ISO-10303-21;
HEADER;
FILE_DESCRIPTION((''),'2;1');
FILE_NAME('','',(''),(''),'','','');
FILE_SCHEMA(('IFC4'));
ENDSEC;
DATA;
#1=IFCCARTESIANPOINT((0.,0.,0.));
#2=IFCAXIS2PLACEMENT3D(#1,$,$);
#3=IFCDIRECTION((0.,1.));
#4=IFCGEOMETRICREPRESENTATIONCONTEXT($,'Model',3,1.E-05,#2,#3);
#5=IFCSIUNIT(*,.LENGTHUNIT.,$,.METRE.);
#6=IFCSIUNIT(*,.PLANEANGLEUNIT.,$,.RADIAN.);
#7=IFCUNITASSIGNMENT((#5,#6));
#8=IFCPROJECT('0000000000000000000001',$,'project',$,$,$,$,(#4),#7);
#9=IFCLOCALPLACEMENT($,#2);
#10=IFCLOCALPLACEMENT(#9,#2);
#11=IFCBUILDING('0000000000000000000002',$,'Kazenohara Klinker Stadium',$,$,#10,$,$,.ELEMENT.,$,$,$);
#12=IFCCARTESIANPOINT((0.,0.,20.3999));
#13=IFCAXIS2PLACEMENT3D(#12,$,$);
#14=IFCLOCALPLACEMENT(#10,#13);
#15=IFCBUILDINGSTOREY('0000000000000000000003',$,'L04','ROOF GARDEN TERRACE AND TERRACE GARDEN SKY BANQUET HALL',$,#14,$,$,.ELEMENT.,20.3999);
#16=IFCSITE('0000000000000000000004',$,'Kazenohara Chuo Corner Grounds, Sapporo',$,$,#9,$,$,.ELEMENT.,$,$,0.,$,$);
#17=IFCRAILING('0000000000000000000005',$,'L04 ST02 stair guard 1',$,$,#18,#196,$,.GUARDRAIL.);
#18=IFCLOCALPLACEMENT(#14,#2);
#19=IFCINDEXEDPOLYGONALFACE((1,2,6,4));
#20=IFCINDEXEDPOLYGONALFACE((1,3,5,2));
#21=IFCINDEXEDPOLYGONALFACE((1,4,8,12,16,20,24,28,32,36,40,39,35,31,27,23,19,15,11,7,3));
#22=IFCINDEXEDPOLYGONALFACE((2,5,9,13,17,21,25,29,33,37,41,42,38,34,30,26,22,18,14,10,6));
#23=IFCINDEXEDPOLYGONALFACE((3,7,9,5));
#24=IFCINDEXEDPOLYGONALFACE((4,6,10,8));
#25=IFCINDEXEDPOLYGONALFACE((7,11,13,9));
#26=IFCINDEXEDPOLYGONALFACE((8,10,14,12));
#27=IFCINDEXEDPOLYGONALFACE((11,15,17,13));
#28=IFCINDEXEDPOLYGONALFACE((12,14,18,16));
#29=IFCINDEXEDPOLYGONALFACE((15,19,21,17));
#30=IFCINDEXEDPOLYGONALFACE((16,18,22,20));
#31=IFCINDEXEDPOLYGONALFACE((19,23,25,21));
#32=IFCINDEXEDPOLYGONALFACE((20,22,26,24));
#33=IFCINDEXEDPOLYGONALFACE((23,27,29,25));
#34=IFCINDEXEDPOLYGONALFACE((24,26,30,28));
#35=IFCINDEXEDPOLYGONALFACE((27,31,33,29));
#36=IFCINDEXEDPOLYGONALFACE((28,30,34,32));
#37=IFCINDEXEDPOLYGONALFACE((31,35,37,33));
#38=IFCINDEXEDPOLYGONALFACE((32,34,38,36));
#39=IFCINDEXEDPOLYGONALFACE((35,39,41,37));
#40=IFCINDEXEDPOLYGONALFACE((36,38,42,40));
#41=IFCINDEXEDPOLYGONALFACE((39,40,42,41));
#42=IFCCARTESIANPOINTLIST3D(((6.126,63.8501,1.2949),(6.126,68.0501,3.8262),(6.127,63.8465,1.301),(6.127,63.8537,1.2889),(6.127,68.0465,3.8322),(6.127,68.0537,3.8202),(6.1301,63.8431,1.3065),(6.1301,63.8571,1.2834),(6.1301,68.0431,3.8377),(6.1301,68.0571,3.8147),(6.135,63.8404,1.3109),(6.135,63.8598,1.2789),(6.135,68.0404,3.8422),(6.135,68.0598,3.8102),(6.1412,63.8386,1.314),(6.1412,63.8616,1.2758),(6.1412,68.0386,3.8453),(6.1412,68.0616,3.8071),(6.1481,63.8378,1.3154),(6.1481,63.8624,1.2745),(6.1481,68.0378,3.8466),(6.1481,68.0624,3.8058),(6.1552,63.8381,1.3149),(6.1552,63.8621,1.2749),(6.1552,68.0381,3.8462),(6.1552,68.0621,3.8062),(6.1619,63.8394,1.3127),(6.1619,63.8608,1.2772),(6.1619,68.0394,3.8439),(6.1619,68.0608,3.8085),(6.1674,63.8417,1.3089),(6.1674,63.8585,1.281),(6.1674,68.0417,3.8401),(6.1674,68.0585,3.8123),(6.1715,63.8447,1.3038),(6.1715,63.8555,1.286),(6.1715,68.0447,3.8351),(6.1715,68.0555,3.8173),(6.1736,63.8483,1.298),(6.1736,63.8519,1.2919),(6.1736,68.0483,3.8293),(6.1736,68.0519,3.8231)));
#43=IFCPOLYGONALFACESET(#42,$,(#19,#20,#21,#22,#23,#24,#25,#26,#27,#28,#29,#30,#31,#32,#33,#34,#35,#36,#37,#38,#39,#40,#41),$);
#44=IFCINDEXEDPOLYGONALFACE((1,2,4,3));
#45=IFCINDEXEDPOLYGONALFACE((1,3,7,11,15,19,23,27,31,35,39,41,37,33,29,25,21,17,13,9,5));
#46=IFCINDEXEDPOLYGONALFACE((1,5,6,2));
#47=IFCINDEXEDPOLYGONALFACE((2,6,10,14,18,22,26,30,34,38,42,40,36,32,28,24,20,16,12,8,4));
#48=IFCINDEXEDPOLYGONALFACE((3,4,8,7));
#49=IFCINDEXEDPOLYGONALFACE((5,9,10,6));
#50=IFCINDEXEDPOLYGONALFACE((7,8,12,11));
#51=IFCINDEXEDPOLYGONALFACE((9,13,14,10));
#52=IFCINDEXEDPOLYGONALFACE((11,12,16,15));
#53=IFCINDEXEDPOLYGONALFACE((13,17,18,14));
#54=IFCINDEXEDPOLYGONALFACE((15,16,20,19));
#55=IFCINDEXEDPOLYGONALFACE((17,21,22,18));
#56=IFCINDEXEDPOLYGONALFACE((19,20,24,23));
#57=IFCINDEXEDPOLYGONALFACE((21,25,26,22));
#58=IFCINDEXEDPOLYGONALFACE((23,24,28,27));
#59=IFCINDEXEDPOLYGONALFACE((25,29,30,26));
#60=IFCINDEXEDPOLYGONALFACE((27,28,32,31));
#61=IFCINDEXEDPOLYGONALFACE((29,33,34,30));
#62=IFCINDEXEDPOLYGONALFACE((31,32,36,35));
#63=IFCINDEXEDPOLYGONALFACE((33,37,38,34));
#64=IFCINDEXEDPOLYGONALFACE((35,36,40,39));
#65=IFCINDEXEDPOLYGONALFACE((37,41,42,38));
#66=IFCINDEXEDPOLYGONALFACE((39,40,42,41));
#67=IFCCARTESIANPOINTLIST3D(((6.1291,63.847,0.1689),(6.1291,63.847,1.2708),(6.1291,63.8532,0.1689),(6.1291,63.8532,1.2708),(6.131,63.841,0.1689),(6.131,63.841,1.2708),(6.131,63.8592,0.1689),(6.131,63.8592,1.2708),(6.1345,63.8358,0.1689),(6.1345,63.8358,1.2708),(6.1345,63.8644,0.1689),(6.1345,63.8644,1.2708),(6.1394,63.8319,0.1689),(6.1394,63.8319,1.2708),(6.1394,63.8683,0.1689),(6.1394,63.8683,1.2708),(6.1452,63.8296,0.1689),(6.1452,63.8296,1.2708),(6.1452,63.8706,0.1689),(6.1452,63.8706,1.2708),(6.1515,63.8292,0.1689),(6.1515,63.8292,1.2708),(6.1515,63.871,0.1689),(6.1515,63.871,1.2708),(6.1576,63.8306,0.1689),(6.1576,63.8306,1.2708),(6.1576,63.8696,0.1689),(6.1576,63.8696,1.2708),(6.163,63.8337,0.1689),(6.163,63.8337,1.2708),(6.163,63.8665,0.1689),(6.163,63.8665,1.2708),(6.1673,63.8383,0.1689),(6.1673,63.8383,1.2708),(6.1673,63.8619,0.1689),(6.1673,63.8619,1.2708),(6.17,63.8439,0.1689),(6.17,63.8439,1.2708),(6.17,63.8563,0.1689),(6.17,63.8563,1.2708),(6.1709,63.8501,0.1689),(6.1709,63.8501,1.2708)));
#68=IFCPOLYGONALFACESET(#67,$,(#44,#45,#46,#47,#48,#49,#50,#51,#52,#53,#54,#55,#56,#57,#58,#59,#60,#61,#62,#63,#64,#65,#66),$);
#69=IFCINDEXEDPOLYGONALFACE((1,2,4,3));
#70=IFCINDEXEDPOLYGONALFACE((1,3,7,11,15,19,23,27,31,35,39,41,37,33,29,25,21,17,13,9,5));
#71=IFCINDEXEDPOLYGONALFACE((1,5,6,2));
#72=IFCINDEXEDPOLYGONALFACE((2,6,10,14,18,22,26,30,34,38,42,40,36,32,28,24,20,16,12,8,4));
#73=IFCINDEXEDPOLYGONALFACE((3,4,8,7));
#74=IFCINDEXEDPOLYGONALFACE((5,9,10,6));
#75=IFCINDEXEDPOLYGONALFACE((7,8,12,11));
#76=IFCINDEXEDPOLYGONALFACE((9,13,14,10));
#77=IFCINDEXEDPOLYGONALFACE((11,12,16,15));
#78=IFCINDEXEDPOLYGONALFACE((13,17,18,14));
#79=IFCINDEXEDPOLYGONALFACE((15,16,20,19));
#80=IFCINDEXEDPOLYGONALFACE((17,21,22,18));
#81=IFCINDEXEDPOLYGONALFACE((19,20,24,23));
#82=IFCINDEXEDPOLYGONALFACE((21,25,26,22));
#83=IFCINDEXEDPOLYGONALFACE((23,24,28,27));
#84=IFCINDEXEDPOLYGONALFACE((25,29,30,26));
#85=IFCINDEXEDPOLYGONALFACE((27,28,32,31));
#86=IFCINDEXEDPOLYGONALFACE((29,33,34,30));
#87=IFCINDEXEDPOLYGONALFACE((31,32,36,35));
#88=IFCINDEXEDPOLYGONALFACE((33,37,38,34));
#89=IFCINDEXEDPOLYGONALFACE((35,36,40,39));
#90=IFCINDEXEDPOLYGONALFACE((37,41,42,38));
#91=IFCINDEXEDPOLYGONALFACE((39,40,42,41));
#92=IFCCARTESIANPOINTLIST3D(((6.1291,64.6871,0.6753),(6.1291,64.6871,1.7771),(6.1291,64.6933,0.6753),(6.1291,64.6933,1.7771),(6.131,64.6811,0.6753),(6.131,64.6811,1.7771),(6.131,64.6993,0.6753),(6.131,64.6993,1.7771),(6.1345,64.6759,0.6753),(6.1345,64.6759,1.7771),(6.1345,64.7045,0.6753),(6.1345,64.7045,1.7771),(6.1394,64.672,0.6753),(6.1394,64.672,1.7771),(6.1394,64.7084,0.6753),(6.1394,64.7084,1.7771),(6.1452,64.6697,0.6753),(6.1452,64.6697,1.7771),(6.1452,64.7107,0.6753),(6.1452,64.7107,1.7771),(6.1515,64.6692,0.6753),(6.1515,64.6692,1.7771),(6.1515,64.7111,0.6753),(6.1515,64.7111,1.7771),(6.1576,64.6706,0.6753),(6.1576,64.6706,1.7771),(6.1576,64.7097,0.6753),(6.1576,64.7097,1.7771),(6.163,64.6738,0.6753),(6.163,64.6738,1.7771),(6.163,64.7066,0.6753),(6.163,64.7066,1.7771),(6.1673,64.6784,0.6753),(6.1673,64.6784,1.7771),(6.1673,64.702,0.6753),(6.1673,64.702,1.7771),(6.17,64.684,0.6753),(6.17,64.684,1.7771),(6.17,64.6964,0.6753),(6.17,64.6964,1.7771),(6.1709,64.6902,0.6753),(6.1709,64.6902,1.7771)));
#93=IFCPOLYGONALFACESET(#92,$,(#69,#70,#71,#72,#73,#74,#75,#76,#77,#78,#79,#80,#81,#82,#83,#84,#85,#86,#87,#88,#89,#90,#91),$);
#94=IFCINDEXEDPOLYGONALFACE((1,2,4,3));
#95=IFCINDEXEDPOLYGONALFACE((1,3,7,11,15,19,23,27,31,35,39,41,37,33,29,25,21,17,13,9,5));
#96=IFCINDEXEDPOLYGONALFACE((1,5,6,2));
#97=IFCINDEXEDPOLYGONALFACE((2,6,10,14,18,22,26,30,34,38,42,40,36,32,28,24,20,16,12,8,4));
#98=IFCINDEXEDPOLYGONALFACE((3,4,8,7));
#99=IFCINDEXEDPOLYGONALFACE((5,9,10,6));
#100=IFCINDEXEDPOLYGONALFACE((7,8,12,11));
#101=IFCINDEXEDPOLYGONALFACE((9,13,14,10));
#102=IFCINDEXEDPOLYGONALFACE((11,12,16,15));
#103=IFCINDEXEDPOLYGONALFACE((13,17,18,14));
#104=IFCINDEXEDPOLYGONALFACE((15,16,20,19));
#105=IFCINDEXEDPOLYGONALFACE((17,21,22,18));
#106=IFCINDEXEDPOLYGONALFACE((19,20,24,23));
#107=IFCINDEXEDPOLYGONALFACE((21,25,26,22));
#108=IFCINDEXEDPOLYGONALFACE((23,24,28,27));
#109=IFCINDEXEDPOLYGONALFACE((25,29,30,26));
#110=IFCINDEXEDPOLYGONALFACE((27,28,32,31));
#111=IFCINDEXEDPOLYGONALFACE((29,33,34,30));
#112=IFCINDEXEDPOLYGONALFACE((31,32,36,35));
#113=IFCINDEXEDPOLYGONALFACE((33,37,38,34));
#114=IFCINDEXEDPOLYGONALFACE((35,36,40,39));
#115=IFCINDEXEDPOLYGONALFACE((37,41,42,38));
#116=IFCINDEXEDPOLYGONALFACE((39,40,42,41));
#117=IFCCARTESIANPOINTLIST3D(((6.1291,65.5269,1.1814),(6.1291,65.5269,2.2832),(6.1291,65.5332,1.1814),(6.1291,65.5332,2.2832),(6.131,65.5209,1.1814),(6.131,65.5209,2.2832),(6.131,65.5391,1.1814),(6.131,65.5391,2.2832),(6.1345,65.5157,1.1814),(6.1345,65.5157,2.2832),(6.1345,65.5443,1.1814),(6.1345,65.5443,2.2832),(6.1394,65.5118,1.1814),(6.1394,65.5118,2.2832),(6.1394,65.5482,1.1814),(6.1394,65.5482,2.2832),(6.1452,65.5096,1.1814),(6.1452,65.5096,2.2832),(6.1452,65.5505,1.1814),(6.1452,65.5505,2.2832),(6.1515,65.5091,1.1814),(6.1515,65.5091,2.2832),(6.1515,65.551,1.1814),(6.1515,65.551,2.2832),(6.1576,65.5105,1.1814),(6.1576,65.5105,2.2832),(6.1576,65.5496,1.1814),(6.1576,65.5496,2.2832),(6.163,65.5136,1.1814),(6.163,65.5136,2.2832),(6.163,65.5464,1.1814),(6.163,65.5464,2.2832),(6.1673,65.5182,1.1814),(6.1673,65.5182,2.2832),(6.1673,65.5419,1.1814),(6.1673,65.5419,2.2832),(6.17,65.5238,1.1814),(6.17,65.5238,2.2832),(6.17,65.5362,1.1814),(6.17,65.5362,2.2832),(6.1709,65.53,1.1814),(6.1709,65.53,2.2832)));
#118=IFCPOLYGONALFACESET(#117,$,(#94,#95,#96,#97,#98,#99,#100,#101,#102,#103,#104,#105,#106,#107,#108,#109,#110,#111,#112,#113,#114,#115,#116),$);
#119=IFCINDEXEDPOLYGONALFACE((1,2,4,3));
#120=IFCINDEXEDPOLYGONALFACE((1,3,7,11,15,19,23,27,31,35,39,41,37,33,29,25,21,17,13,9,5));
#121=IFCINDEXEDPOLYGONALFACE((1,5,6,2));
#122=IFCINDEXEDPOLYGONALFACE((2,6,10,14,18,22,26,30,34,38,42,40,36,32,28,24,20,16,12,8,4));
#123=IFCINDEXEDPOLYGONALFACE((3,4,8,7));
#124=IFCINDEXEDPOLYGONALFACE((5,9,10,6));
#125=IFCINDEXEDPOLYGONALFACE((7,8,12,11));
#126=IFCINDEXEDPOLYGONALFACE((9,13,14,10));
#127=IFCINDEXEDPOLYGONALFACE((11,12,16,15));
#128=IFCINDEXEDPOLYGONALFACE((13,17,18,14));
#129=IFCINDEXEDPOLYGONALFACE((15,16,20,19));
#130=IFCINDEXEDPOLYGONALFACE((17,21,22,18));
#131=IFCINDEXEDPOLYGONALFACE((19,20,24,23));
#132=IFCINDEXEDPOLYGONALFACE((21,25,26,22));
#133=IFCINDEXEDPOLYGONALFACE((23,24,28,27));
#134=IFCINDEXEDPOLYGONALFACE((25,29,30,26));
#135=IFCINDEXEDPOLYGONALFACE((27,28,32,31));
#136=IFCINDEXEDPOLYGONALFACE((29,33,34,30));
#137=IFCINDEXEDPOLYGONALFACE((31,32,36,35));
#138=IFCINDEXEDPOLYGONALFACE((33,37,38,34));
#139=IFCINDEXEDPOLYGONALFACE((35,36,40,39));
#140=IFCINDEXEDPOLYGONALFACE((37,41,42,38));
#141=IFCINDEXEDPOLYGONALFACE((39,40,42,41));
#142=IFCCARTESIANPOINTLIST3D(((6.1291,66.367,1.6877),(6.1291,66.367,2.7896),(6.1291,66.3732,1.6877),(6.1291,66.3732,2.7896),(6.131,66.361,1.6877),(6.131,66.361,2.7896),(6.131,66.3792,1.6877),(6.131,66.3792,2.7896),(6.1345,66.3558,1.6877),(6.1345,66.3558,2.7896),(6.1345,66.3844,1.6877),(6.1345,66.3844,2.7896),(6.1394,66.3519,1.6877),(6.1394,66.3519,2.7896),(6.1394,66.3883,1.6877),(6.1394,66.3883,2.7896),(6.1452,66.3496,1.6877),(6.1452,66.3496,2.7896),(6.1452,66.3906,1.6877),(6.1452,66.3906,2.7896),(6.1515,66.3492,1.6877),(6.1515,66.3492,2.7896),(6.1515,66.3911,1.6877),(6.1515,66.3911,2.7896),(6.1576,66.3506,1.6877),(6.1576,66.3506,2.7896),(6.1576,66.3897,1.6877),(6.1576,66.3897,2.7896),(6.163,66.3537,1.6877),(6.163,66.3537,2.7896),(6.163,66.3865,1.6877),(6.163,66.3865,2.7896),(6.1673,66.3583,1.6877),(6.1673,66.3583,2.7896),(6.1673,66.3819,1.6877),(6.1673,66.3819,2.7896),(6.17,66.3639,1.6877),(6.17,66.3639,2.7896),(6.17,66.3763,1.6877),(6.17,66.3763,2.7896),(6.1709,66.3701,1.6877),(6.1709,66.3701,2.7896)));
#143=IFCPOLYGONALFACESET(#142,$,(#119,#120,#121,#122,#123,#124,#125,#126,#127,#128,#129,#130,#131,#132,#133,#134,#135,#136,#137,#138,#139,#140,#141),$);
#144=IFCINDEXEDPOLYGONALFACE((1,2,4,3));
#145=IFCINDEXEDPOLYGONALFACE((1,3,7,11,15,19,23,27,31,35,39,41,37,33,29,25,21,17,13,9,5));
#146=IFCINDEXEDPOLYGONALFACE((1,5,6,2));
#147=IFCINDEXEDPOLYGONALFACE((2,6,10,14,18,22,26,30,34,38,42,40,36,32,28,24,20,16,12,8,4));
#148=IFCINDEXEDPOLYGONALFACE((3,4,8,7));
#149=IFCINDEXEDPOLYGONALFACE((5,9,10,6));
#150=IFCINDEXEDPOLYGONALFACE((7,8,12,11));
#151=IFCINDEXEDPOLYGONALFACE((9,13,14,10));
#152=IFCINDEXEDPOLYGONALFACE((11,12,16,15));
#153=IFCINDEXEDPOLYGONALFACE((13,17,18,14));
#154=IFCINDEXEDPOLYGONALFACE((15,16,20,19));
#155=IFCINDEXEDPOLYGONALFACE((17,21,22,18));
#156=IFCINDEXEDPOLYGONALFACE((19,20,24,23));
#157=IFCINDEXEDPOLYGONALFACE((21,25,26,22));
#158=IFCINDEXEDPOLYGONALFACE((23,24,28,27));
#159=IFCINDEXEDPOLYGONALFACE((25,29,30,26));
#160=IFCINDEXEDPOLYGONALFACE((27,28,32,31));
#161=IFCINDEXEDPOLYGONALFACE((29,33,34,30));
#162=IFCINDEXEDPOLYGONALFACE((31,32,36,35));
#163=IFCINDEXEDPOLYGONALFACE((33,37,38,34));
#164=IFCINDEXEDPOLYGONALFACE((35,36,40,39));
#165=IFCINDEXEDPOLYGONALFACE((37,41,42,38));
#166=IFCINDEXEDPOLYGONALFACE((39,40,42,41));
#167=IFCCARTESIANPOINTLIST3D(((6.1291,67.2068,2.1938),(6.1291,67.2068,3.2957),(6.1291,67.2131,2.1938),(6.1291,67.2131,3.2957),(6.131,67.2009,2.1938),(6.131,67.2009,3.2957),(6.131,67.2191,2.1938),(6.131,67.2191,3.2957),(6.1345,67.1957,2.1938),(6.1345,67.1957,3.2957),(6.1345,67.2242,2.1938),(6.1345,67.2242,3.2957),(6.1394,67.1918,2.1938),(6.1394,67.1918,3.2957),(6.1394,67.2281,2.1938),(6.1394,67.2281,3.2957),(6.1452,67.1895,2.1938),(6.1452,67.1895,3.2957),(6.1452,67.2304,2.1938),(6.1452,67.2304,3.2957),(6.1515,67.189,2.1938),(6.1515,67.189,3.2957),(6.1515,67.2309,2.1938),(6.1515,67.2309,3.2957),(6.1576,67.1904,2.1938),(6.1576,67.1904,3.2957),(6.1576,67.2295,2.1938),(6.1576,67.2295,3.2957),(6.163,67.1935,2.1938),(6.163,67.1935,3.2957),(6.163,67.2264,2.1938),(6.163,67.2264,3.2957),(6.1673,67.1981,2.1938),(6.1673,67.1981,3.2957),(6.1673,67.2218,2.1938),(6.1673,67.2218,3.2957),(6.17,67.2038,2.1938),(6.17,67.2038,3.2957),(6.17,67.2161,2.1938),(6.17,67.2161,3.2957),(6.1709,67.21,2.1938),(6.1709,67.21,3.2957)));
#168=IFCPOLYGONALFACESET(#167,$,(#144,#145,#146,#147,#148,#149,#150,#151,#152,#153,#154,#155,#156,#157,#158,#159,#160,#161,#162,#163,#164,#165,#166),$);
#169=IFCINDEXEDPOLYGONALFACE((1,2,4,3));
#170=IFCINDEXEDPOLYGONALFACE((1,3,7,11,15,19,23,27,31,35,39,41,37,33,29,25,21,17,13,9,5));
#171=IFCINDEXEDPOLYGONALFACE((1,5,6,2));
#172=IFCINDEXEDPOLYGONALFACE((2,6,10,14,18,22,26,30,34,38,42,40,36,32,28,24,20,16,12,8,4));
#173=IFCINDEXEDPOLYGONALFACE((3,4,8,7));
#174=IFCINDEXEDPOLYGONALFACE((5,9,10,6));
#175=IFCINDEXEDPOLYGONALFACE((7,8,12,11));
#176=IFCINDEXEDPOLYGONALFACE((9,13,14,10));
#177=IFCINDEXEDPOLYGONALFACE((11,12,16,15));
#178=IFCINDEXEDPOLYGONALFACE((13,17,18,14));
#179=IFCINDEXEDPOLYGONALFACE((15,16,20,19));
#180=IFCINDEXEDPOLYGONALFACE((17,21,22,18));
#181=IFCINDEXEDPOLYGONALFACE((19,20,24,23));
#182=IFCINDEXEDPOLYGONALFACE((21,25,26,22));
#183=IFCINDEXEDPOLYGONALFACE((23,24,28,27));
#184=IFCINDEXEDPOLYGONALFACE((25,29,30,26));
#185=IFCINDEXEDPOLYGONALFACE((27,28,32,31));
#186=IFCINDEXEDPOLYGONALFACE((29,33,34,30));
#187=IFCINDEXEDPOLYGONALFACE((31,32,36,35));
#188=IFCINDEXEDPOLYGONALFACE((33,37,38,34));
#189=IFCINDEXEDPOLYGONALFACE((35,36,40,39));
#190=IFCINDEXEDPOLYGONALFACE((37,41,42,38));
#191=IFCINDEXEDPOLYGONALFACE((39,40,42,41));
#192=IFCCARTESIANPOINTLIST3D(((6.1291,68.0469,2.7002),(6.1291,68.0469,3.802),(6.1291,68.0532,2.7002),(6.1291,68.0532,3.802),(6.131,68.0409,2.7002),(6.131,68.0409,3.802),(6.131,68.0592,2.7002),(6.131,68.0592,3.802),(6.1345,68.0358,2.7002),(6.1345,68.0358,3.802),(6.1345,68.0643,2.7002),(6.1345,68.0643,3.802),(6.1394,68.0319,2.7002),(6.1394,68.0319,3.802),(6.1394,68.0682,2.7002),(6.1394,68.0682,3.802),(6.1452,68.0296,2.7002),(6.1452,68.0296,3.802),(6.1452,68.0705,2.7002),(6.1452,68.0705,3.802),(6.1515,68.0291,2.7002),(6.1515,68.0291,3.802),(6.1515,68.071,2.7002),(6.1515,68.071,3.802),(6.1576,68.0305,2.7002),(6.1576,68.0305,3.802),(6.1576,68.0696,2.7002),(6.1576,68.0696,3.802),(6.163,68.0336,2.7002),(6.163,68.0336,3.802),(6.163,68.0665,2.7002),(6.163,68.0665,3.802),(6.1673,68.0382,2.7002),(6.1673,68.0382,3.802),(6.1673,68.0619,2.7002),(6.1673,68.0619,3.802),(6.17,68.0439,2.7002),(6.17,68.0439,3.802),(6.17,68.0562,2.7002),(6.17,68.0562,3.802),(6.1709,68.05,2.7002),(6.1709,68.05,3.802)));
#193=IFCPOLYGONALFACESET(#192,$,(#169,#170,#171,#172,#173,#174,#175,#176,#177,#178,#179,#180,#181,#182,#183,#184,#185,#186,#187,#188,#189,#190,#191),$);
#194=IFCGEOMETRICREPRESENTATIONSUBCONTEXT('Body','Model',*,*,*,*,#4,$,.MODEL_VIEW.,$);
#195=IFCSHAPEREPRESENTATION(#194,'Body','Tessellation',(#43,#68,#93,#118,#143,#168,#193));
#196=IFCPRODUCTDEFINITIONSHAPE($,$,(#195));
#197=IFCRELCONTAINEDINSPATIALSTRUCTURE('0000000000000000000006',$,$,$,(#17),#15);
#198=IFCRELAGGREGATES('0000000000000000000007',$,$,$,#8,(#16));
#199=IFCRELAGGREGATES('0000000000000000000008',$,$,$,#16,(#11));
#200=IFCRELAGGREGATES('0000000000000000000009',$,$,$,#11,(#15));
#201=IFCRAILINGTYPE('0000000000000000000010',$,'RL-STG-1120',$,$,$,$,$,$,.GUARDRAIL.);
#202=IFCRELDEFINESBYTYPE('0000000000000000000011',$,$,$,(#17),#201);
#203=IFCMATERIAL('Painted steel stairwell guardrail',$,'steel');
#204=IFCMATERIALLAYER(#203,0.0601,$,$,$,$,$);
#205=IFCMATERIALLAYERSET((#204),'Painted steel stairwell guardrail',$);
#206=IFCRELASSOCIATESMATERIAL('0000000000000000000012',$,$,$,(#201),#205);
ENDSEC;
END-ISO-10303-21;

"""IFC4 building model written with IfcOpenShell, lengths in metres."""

from ifc_helpers import new_model, si_unit, direction, frame, origin, origin_2d, place, context, subcontext, project, spatial, circle, extrude, material, layer, layer_set, type_object, element, save


model = new_model("IFC4")

# Units and contexts
model_context = context("Model", 3, precision=1e-05, world=origin(), true_north=direction((0.0, 1.0)))
body_context = subcontext(model_context, "Body", "Model", "MODEL_VIEW")
ifc_project = project(units=[si_unit("LENGTHUNIT", "METRE"), si_unit("PLANEANGLEUNIT", "RADIAN")], contexts=[model_context])

# Site, building, storey
site_placement = place(None, origin())
site = spatial("IfcSite", under=ifc_project, at=site_placement, Name="Kazenohara Chuo Corner Grounds, Sapporo", CompositionType="ELEMENT", RefElevation=0.0)
building_placement = place(site_placement, origin())
building = spatial("IfcBuilding", under=site, at=building_placement, Name="Kazenohara Klinker Stadium", CompositionType="ELEMENT")
storey_placement = place(building_placement, frame((0.0, 0.0, 20.3999)))
storey = spatial("IfcBuildingStorey", under=building, at=storey_placement, Name="L04", Description="ROOF GARDEN TERRACE AND TERRACE GARDEN SKY BANQUET HALL", CompositionType="ELEMENT", Elevation=20.3999)

# Railing
ifc_material_1 = material(Name="Painted steel stairwell guardrail", Category="steel")
ifc_layer_1 = layer(ifc_material_1, 0.0601)
ifc_layer_set_1 = layer_set([ifc_layer_1], Name="Painted steel stairwell guardrail")
railing_type_1 = type_object("IfcRailingType", Name="RL-STG-1120", PredefinedType="GUARDRAIL", material=ifc_layer_set_1)
railing_1_placement = place(storey_placement, frame((6.1499, 63.8501, 0.1689)))
element("IfcRailing", 1, at=railing_1_placement, inside=storey, type_object=railing_type_1, Name="L04 ST02 stair guard 1", PredefinedType="GUARDRAIL", context=body_context, shape_type="SweptSolid", body=[
    extrude(circle(Radius=0.0239, at=origin_2d()), frame((0.0, 0.0, 1.126), z_axis=(0.0, 0.856476, 0.516186), x_axis=(-1.0, 0.0, 0.0)), (0.0, 0.0, 1.0), 4.9038),
    extrude(circle(Radius=0.021, at=origin_2d()), origin(), (0.0, 0.0, 1.0), 1.1018),
    extrude(circle(Radius=0.021, at=origin_2d()), frame((0.0, 0.8401, 0.5063)), (0.0, 0.0, 1.0), 1.1018),
    extrude(circle(Radius=0.021, at=origin_2d()), frame((0.0, 1.6799, 1.0125)), (0.0, 0.0, 1.0), 1.1018),
    extrude(circle(Radius=0.021, at=origin_2d()), frame((0.0, 2.52, 1.5188)), (0.0, 0.0, 1.0), 1.1018),
    extrude(circle(Radius=0.021, at=origin_2d()), frame((0.0, 3.3599, 2.0249)), (0.0, 0.0, 1.0), 1.1018),
    extrude(circle(Radius=0.021, at=origin_2d()), frame((0.0, 4.2, 2.5312)), (0.0, 0.0, 1.0), 1.1018),
])

save(model, "model.ifc")
